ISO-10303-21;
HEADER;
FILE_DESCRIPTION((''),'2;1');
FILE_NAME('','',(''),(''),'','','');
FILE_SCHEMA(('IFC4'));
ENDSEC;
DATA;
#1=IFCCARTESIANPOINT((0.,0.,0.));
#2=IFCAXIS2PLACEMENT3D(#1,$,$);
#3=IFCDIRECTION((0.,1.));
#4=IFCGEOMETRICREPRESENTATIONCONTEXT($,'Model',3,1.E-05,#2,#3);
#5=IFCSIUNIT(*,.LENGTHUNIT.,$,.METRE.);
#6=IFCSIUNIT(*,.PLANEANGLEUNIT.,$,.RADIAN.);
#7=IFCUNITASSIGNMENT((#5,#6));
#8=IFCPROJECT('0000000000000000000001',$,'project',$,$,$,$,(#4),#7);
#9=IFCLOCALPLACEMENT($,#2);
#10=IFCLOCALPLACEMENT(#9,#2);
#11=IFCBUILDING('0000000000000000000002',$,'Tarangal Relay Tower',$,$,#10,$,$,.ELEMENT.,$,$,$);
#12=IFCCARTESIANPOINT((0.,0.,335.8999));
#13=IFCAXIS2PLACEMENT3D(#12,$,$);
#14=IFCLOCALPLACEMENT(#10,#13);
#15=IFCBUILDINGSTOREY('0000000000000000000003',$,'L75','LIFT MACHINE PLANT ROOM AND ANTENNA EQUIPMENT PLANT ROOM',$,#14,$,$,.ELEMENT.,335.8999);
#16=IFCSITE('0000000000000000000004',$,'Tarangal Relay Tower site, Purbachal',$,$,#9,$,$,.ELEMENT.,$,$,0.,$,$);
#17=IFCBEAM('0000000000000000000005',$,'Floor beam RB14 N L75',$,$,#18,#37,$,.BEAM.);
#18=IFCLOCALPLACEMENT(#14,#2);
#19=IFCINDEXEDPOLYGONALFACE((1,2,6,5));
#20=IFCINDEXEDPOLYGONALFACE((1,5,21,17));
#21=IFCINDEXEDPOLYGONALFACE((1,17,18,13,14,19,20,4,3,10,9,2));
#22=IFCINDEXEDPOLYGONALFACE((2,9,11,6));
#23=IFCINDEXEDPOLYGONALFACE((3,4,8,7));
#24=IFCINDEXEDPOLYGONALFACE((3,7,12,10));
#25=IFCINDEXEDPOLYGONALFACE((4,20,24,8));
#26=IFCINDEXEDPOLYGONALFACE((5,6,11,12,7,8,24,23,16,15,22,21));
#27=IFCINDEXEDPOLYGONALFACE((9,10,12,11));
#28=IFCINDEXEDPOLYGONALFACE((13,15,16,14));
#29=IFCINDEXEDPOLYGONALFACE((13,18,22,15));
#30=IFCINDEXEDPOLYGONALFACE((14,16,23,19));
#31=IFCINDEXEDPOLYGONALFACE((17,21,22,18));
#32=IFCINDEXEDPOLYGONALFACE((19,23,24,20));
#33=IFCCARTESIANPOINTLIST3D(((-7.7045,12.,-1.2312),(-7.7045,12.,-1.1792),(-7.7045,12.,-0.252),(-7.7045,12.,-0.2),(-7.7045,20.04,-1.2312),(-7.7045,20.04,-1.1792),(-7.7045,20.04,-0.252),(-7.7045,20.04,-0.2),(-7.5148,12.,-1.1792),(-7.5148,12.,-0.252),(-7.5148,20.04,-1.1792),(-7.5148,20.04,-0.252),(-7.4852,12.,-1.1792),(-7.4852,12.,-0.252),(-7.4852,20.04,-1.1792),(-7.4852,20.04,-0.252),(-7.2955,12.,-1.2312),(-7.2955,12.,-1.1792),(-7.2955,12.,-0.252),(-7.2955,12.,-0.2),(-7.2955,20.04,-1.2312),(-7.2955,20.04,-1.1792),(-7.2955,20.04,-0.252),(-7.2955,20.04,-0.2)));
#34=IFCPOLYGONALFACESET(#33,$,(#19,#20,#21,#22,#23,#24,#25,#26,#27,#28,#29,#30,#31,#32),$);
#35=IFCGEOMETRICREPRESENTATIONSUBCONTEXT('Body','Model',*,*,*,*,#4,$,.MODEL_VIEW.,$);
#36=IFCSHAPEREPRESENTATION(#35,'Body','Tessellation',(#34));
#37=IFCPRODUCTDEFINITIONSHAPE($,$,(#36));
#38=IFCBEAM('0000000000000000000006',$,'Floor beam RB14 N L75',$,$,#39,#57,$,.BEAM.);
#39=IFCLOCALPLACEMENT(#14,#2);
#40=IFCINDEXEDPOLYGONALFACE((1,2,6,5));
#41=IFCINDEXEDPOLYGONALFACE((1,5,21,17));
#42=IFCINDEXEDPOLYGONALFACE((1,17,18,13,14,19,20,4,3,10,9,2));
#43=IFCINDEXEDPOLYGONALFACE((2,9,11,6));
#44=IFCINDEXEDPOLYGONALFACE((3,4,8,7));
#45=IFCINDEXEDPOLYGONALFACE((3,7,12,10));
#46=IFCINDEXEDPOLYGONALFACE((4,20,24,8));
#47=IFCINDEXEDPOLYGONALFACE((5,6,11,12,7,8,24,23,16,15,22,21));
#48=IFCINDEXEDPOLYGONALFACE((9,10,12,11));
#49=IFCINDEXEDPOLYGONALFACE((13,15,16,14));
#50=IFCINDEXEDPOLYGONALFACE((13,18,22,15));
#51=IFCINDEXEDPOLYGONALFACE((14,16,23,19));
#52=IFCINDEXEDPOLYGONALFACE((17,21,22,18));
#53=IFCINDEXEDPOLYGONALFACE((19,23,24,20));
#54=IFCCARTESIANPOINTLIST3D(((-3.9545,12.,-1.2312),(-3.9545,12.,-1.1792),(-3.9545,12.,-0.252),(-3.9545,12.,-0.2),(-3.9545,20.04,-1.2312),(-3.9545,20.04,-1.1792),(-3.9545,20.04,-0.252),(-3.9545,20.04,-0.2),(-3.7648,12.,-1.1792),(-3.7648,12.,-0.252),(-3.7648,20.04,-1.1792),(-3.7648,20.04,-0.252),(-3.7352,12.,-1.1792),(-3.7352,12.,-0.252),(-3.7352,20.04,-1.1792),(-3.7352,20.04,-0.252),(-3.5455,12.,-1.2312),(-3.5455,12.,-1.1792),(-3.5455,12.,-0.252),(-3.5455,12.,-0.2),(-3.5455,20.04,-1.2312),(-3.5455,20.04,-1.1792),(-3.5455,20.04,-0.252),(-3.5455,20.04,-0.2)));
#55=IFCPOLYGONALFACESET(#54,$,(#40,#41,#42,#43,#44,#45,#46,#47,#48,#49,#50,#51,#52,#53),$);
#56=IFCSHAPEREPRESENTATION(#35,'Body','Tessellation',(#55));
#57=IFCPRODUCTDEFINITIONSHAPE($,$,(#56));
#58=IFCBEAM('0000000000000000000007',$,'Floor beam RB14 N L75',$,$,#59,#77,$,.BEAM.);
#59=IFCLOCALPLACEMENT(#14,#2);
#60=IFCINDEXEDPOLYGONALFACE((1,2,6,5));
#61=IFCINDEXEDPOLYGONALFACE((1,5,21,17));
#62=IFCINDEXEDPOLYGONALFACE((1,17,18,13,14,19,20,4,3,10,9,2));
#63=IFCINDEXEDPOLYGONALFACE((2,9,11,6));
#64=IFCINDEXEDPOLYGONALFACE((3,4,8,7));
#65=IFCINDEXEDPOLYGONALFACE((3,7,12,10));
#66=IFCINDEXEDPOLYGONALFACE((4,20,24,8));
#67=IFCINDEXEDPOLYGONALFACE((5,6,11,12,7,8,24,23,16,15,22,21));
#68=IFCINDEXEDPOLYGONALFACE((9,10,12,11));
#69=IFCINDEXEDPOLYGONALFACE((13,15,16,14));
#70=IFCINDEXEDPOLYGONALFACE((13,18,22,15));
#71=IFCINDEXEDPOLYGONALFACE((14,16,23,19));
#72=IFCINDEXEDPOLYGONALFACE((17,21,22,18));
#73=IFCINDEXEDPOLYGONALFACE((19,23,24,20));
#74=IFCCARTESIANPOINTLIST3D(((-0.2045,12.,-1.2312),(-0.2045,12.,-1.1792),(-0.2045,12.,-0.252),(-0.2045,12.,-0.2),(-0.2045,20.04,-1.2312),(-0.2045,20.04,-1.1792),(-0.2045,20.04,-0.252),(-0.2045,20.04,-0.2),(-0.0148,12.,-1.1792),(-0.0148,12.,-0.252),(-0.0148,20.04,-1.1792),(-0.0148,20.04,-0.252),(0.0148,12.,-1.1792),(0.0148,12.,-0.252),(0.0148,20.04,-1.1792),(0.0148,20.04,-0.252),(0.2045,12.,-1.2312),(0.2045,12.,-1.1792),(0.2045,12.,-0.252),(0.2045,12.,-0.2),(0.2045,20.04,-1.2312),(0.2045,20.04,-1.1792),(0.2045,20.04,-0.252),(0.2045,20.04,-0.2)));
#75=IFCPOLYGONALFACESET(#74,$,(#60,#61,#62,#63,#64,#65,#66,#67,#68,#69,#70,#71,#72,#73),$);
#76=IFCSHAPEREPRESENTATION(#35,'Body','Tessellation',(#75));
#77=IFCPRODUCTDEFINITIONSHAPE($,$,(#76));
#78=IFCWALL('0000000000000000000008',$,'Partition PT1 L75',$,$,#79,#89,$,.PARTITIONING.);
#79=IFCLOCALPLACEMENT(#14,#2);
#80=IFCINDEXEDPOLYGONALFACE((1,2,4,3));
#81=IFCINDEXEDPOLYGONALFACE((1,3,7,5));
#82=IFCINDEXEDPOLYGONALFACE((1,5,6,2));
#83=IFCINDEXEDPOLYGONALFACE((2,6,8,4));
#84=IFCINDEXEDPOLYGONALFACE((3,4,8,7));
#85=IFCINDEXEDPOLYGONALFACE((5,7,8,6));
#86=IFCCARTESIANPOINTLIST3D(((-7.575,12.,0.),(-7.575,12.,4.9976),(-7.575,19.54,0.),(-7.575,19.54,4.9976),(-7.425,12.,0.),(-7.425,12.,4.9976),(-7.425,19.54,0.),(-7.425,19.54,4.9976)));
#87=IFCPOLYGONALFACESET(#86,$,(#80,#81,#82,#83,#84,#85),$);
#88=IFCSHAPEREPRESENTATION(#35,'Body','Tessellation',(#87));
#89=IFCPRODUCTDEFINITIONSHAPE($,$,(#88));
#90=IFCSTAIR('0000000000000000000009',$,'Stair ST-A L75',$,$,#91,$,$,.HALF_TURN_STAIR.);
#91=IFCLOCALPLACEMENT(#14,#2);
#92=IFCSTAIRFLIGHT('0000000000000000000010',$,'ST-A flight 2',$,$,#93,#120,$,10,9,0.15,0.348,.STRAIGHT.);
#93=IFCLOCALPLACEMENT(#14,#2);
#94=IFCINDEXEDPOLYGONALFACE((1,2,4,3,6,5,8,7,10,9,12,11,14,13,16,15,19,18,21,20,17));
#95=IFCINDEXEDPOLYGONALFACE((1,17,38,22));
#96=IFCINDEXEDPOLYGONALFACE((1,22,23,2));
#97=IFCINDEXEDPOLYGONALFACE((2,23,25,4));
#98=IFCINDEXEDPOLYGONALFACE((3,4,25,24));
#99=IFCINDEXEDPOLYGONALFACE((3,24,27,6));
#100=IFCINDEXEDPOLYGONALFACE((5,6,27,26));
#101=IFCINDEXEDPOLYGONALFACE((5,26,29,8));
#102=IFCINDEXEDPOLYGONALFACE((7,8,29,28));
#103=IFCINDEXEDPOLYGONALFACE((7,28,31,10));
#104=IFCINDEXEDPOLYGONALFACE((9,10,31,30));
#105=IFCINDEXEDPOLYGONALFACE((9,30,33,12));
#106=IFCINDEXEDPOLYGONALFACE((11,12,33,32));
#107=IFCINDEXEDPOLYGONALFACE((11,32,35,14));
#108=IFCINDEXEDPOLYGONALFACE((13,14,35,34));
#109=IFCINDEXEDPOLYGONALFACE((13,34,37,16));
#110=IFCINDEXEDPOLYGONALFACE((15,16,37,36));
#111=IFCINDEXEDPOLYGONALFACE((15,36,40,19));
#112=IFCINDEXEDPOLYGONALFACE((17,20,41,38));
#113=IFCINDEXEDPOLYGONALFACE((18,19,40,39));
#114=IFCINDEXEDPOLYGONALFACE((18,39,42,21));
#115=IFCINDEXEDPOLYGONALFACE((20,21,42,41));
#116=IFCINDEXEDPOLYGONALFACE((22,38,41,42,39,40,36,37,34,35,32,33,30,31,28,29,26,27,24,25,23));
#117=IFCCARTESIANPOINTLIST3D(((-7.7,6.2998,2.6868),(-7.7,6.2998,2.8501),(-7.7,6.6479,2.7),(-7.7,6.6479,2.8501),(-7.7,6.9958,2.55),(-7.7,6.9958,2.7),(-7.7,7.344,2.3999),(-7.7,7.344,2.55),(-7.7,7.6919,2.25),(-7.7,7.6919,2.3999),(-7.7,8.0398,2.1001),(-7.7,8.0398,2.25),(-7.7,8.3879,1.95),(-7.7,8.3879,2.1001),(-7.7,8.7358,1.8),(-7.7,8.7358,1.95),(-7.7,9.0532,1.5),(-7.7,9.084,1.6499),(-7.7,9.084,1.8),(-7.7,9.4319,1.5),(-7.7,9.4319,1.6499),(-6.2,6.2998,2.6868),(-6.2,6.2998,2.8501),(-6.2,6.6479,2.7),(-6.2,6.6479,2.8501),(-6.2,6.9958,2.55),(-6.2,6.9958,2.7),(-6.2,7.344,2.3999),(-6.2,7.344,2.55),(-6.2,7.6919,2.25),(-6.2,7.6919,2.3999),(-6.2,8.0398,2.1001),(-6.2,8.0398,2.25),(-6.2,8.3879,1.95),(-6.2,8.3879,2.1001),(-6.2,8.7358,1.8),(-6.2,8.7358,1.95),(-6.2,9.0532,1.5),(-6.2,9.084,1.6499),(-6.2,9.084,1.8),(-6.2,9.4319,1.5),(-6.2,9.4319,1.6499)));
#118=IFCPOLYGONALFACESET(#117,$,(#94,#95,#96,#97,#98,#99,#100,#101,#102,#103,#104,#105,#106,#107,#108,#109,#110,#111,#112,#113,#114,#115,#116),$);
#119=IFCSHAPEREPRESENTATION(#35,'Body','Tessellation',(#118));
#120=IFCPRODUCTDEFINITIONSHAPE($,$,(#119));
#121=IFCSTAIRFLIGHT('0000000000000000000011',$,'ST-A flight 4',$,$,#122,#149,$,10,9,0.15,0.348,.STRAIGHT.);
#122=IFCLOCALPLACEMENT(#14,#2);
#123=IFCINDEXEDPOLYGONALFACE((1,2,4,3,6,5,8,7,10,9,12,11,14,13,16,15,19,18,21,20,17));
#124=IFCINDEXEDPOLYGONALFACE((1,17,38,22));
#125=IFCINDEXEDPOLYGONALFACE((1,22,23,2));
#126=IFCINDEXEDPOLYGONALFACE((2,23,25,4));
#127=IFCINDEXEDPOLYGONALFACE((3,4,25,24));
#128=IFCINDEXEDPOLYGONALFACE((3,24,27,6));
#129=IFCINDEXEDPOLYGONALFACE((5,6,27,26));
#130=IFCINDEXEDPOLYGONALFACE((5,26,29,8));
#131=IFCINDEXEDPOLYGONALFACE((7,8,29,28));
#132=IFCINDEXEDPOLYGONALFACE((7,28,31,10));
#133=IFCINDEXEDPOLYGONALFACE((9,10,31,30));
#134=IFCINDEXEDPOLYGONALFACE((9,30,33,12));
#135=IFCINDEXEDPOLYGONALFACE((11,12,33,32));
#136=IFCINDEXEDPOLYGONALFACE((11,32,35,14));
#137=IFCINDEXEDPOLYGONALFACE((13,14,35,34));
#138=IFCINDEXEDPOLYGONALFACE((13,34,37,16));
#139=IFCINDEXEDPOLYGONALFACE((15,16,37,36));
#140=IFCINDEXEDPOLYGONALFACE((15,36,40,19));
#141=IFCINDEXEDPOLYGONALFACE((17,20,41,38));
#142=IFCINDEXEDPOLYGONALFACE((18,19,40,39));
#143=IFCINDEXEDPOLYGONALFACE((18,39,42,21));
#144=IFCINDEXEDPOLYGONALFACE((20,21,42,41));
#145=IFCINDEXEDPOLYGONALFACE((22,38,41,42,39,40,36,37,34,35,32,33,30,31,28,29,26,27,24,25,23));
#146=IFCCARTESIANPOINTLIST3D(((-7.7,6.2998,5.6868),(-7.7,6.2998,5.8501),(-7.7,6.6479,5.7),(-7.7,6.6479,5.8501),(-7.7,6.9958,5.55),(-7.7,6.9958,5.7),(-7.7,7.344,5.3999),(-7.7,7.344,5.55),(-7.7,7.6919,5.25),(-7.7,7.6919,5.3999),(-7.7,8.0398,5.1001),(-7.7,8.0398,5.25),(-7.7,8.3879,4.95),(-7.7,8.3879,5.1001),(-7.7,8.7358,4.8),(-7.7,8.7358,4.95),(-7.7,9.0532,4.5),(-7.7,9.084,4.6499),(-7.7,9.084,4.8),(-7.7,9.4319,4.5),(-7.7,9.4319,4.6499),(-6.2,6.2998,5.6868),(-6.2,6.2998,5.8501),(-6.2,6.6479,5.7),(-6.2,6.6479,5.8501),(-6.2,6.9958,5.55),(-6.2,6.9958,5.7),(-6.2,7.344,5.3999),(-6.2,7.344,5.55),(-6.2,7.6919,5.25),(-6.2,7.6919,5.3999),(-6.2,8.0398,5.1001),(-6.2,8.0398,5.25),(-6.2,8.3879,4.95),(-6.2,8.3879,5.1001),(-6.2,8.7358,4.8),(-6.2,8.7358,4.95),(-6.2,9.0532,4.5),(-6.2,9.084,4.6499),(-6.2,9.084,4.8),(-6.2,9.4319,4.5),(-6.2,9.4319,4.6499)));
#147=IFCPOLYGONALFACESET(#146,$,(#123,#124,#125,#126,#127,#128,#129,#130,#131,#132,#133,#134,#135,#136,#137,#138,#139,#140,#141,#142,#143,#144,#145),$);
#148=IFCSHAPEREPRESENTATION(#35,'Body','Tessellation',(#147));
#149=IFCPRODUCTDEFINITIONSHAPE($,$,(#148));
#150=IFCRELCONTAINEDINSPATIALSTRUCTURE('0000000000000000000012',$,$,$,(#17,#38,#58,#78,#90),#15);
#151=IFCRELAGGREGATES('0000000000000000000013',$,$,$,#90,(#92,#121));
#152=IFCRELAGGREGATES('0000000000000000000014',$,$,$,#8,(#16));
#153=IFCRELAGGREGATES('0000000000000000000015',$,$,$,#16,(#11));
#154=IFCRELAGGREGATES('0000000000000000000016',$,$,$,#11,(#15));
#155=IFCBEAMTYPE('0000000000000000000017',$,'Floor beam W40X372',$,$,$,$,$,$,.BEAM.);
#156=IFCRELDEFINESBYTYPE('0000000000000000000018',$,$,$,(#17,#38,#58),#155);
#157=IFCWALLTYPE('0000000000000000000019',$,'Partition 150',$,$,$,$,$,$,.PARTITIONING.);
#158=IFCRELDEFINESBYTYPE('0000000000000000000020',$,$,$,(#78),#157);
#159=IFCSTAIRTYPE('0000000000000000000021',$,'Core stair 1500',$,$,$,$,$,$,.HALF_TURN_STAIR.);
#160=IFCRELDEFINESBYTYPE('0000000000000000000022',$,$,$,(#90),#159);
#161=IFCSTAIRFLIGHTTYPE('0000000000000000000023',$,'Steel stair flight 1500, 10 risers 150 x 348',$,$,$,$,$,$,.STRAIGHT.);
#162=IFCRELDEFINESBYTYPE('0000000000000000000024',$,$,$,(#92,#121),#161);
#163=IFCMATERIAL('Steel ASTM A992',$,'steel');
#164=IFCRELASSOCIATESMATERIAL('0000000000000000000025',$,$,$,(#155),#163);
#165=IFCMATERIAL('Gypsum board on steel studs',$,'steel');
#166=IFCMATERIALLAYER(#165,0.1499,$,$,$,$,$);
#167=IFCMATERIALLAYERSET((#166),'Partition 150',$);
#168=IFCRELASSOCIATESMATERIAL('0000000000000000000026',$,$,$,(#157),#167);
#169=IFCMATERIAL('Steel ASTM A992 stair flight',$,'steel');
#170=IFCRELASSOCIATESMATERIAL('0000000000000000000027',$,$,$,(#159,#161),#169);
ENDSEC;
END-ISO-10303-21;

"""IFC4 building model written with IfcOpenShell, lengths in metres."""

from ifc_helpers import new_model, si_unit, direction, frame, frame_2d, origin, origin_2d, place, context, subcontext, project, spatial, polyline, rectangle, i_section, outline, extrude, material, layer, layer_set, material_profile, profile_set, type_object, element, aggregate, save


model = new_model("IFC4")

# Units and contexts
model_context = context("Model", 3, precision=1e-05, world=origin(), true_north=direction((0.0, 1.0)))
body_context = subcontext(model_context, "Body", "Model", "MODEL_VIEW")
ifc_project = project(units=[si_unit("LENGTHUNIT", "METRE"), si_unit("PLANEANGLEUNIT", "RADIAN")], contexts=[model_context])

# Site, building, storey
site_placement = place(None, origin())
site = spatial("IfcSite", under=ifc_project, at=site_placement, Name="Tarangal Relay Tower site, Purbachal", CompositionType="ELEMENT", RefElevation=0.0)
building_placement = place(site_placement, origin())
building = spatial("IfcBuilding", under=site, at=building_placement, Name="Tarangal Relay Tower", CompositionType="ELEMENT")
storey_placement = place(building_placement, frame((0.0, 0.0, 335.8999)))
storey = spatial("IfcBuildingStorey", under=building, at=storey_placement, Name="L75", Description="LIFT MACHINE PLANT ROOM AND ANTENNA EQUIPMENT PLANT ROOM", CompositionType="ELEMENT", Elevation=335.8999)

# Shared definitions
ifc_material_1 = material(Name="Steel ASTM A992", Category="steel")

# Beams
ifc_material_profile_1 = material_profile(ifc_material_1, i_section(OverallWidth=0.4089, OverallDepth=1.0312, WebThickness=0.0295, FlangeThickness=0.052, at=origin_2d()), Name="W40X372")
ifc_profile_set_1 = profile_set([ifc_material_profile_1], Name="Steel ASTM A992")
beam_type_1 = type_object("IfcBeamType", Name="Floor beam W40X372", PredefinedType="BEAM", material=ifc_profile_set_1)
for number, where, z_axis, x_axis, name in (
    (1, (-7.5, 12.0, -0.7156), (0.0, 1.0, 0.0), (-1.0, 0.0, 0.0), "Floor beam RB14 N L75"),
    (2, (-3.75, 12.0, -0.7156), (0.0, 1.0, 0.0), (-1.0, 0.0, 0.0), "Floor beam RB14 N L75"),
    (3, (0.0, 12.0, -0.7156), (0.0, 1.0, 0.0), (-1.0, 0.0, 0.0), "Floor beam RB14 N L75"),
):
    element("IfcBeam", number, at=place(storey_placement, frame(where, z_axis=z_axis, x_axis=x_axis)), inside=storey, type_object=beam_type_1, Name=name, PredefinedType="BEAM", context=body_context, shape_type="SweptSolid", body=[
        extrude(i_section(OverallWidth=0.4089, OverallDepth=1.0312, WebThickness=0.0295, FlangeThickness=0.052, at=origin_2d()), origin(), (0.0, 0.0, 1.0), 8.04),
    ])

# Wall
ifc_material_2 = material(Name="Gypsum board on steel studs", Category="steel")
ifc_layer = layer(ifc_material_2, 0.1499)
ifc_layer_set = layer_set([ifc_layer], Name="Partition 150")
wall_type = type_object("IfcWallType", Name="Partition 150", PredefinedType="PARTITIONING", material=ifc_layer_set)
wall_placement = place(storey_placement, frame((-7.5, 12.0, 0.0), z_axis=(0.0, 0.0, 1.0), x_axis=(0.0, 1.0, 0.0)))
element("IfcWall", 4, at=wall_placement, inside=storey, type_object=wall_type, Name="Partition PT1 L75", PredefinedType="PARTITIONING", context=body_context, shape_type="SweptSolid", body=[
    extrude(rectangle(XDim=7.54, YDim=0.1499, at=frame_2d((3.77, 0.0))), origin(), (0.0, 0.0, 1.0), 4.9976),
])

# Stair, stair flights
ifc_material_3 = material(Name="Steel ASTM A992 stair flight", Category="steel")
stair_type = type_object("IfcStairType", Name="Core stair 1500", PredefinedType="HALF_TURN_STAIR", material=ifc_material_3)
stair_placement = place(storey_placement, origin())
stair = element("IfcStair", 5, at=stair_placement, inside=storey, type_object=stair_type, Name="Stair ST-A L75", PredefinedType="HALF_TURN_STAIR")
stair_flight_type = type_object("IfcStairFlightType", Name="Steel stair flight 1500, 10 risers 150 x 348", PredefinedType="STRAIGHT", material=ifc_material_3)
stair_flight_1_placement = place(storey_placement, frame((-6.95, 9.4319, 1.5), z_axis=(0.0, 0.0, 1.0), x_axis=(0.0, -1.0, 0.0)))
stair_flight_1 = element("IfcStairFlight", 6, at=stair_flight_1_placement, type_object=stair_flight_type, Name="ST-A flight 2", NumberOfRisers=10, NumberOfTreads=9, PredefinedType="STRAIGHT", RiserHeight=0.15, TreadLength=0.348, context=body_context, shape_type="SweptSolid", body=[
    extrude(outline(polyline([(0.0, 0.0), (0.0, 0.1499), (0.3479, 0.1499), (0.3479, 0.3), (0.696, 0.3), (0.696, 0.45), (1.0439, 0.45), (1.0439, 0.6001), (1.3921, 0.6001), (1.3921, 0.75), (1.74, 0.75), (1.74, 0.8999), (2.0879, 0.8999), (2.0879, 1.05), (2.436, 1.05), (2.436, 1.2), (2.7839, 1.2), (2.7839, 1.3501), (3.1321, 1.3501), (3.1321, 1.5), (3.1321, 1.1868), (0.3787, 0.0), (0.0, 0.0)])), frame((0.0, 0.75, 0.0), z_axis=(0.0, -1.0, 0.0), x_axis=(1.0, 0.0, 0.0)), (0.0, 0.0, 1.0), 1.5),
])
stair_flight_2_placement = place(storey_placement, frame((-6.95, 9.4319, 4.5), z_axis=(0.0, 0.0, 1.0), x_axis=(0.0, -1.0, 0.0)))
stair_flight_2 = element("IfcStairFlight", 7, at=stair_flight_2_placement, type_object=stair_flight_type, Name="ST-A flight 4", NumberOfRisers=10, NumberOfTreads=9, PredefinedType="STRAIGHT", RiserHeight=0.15, TreadLength=0.348, context=body_context, shape_type="SweptSolid", body=[
    extrude(outline(polyline([(0.0, 0.0), (0.0, 0.1499), (0.3479, 0.1499), (0.3479, 0.3), (0.696, 0.3), (0.696, 0.45), (1.0439, 0.45), (1.0439, 0.6001), (1.3921, 0.6001), (1.3921, 0.75), (1.74, 0.75), (1.74, 0.8999), (2.0879, 0.8999), (2.0879, 1.05), (2.436, 1.05), (2.436, 1.2), (2.7839, 1.2), (2.7839, 1.3501), (3.1321, 1.3501), (3.1321, 1.5), (3.1321, 1.1868), (0.3787, 0.0), (0.0, 0.0)])), frame((0.0, 0.75, 0.0), z_axis=(0.0, -1.0, 0.0), x_axis=(1.0, 0.0, 0.0)), (0.0, 0.0, 1.0), 1.5),
])
aggregate(stair, [stair_flight_1, stair_flight_2])

save(model, "model.ifc")
